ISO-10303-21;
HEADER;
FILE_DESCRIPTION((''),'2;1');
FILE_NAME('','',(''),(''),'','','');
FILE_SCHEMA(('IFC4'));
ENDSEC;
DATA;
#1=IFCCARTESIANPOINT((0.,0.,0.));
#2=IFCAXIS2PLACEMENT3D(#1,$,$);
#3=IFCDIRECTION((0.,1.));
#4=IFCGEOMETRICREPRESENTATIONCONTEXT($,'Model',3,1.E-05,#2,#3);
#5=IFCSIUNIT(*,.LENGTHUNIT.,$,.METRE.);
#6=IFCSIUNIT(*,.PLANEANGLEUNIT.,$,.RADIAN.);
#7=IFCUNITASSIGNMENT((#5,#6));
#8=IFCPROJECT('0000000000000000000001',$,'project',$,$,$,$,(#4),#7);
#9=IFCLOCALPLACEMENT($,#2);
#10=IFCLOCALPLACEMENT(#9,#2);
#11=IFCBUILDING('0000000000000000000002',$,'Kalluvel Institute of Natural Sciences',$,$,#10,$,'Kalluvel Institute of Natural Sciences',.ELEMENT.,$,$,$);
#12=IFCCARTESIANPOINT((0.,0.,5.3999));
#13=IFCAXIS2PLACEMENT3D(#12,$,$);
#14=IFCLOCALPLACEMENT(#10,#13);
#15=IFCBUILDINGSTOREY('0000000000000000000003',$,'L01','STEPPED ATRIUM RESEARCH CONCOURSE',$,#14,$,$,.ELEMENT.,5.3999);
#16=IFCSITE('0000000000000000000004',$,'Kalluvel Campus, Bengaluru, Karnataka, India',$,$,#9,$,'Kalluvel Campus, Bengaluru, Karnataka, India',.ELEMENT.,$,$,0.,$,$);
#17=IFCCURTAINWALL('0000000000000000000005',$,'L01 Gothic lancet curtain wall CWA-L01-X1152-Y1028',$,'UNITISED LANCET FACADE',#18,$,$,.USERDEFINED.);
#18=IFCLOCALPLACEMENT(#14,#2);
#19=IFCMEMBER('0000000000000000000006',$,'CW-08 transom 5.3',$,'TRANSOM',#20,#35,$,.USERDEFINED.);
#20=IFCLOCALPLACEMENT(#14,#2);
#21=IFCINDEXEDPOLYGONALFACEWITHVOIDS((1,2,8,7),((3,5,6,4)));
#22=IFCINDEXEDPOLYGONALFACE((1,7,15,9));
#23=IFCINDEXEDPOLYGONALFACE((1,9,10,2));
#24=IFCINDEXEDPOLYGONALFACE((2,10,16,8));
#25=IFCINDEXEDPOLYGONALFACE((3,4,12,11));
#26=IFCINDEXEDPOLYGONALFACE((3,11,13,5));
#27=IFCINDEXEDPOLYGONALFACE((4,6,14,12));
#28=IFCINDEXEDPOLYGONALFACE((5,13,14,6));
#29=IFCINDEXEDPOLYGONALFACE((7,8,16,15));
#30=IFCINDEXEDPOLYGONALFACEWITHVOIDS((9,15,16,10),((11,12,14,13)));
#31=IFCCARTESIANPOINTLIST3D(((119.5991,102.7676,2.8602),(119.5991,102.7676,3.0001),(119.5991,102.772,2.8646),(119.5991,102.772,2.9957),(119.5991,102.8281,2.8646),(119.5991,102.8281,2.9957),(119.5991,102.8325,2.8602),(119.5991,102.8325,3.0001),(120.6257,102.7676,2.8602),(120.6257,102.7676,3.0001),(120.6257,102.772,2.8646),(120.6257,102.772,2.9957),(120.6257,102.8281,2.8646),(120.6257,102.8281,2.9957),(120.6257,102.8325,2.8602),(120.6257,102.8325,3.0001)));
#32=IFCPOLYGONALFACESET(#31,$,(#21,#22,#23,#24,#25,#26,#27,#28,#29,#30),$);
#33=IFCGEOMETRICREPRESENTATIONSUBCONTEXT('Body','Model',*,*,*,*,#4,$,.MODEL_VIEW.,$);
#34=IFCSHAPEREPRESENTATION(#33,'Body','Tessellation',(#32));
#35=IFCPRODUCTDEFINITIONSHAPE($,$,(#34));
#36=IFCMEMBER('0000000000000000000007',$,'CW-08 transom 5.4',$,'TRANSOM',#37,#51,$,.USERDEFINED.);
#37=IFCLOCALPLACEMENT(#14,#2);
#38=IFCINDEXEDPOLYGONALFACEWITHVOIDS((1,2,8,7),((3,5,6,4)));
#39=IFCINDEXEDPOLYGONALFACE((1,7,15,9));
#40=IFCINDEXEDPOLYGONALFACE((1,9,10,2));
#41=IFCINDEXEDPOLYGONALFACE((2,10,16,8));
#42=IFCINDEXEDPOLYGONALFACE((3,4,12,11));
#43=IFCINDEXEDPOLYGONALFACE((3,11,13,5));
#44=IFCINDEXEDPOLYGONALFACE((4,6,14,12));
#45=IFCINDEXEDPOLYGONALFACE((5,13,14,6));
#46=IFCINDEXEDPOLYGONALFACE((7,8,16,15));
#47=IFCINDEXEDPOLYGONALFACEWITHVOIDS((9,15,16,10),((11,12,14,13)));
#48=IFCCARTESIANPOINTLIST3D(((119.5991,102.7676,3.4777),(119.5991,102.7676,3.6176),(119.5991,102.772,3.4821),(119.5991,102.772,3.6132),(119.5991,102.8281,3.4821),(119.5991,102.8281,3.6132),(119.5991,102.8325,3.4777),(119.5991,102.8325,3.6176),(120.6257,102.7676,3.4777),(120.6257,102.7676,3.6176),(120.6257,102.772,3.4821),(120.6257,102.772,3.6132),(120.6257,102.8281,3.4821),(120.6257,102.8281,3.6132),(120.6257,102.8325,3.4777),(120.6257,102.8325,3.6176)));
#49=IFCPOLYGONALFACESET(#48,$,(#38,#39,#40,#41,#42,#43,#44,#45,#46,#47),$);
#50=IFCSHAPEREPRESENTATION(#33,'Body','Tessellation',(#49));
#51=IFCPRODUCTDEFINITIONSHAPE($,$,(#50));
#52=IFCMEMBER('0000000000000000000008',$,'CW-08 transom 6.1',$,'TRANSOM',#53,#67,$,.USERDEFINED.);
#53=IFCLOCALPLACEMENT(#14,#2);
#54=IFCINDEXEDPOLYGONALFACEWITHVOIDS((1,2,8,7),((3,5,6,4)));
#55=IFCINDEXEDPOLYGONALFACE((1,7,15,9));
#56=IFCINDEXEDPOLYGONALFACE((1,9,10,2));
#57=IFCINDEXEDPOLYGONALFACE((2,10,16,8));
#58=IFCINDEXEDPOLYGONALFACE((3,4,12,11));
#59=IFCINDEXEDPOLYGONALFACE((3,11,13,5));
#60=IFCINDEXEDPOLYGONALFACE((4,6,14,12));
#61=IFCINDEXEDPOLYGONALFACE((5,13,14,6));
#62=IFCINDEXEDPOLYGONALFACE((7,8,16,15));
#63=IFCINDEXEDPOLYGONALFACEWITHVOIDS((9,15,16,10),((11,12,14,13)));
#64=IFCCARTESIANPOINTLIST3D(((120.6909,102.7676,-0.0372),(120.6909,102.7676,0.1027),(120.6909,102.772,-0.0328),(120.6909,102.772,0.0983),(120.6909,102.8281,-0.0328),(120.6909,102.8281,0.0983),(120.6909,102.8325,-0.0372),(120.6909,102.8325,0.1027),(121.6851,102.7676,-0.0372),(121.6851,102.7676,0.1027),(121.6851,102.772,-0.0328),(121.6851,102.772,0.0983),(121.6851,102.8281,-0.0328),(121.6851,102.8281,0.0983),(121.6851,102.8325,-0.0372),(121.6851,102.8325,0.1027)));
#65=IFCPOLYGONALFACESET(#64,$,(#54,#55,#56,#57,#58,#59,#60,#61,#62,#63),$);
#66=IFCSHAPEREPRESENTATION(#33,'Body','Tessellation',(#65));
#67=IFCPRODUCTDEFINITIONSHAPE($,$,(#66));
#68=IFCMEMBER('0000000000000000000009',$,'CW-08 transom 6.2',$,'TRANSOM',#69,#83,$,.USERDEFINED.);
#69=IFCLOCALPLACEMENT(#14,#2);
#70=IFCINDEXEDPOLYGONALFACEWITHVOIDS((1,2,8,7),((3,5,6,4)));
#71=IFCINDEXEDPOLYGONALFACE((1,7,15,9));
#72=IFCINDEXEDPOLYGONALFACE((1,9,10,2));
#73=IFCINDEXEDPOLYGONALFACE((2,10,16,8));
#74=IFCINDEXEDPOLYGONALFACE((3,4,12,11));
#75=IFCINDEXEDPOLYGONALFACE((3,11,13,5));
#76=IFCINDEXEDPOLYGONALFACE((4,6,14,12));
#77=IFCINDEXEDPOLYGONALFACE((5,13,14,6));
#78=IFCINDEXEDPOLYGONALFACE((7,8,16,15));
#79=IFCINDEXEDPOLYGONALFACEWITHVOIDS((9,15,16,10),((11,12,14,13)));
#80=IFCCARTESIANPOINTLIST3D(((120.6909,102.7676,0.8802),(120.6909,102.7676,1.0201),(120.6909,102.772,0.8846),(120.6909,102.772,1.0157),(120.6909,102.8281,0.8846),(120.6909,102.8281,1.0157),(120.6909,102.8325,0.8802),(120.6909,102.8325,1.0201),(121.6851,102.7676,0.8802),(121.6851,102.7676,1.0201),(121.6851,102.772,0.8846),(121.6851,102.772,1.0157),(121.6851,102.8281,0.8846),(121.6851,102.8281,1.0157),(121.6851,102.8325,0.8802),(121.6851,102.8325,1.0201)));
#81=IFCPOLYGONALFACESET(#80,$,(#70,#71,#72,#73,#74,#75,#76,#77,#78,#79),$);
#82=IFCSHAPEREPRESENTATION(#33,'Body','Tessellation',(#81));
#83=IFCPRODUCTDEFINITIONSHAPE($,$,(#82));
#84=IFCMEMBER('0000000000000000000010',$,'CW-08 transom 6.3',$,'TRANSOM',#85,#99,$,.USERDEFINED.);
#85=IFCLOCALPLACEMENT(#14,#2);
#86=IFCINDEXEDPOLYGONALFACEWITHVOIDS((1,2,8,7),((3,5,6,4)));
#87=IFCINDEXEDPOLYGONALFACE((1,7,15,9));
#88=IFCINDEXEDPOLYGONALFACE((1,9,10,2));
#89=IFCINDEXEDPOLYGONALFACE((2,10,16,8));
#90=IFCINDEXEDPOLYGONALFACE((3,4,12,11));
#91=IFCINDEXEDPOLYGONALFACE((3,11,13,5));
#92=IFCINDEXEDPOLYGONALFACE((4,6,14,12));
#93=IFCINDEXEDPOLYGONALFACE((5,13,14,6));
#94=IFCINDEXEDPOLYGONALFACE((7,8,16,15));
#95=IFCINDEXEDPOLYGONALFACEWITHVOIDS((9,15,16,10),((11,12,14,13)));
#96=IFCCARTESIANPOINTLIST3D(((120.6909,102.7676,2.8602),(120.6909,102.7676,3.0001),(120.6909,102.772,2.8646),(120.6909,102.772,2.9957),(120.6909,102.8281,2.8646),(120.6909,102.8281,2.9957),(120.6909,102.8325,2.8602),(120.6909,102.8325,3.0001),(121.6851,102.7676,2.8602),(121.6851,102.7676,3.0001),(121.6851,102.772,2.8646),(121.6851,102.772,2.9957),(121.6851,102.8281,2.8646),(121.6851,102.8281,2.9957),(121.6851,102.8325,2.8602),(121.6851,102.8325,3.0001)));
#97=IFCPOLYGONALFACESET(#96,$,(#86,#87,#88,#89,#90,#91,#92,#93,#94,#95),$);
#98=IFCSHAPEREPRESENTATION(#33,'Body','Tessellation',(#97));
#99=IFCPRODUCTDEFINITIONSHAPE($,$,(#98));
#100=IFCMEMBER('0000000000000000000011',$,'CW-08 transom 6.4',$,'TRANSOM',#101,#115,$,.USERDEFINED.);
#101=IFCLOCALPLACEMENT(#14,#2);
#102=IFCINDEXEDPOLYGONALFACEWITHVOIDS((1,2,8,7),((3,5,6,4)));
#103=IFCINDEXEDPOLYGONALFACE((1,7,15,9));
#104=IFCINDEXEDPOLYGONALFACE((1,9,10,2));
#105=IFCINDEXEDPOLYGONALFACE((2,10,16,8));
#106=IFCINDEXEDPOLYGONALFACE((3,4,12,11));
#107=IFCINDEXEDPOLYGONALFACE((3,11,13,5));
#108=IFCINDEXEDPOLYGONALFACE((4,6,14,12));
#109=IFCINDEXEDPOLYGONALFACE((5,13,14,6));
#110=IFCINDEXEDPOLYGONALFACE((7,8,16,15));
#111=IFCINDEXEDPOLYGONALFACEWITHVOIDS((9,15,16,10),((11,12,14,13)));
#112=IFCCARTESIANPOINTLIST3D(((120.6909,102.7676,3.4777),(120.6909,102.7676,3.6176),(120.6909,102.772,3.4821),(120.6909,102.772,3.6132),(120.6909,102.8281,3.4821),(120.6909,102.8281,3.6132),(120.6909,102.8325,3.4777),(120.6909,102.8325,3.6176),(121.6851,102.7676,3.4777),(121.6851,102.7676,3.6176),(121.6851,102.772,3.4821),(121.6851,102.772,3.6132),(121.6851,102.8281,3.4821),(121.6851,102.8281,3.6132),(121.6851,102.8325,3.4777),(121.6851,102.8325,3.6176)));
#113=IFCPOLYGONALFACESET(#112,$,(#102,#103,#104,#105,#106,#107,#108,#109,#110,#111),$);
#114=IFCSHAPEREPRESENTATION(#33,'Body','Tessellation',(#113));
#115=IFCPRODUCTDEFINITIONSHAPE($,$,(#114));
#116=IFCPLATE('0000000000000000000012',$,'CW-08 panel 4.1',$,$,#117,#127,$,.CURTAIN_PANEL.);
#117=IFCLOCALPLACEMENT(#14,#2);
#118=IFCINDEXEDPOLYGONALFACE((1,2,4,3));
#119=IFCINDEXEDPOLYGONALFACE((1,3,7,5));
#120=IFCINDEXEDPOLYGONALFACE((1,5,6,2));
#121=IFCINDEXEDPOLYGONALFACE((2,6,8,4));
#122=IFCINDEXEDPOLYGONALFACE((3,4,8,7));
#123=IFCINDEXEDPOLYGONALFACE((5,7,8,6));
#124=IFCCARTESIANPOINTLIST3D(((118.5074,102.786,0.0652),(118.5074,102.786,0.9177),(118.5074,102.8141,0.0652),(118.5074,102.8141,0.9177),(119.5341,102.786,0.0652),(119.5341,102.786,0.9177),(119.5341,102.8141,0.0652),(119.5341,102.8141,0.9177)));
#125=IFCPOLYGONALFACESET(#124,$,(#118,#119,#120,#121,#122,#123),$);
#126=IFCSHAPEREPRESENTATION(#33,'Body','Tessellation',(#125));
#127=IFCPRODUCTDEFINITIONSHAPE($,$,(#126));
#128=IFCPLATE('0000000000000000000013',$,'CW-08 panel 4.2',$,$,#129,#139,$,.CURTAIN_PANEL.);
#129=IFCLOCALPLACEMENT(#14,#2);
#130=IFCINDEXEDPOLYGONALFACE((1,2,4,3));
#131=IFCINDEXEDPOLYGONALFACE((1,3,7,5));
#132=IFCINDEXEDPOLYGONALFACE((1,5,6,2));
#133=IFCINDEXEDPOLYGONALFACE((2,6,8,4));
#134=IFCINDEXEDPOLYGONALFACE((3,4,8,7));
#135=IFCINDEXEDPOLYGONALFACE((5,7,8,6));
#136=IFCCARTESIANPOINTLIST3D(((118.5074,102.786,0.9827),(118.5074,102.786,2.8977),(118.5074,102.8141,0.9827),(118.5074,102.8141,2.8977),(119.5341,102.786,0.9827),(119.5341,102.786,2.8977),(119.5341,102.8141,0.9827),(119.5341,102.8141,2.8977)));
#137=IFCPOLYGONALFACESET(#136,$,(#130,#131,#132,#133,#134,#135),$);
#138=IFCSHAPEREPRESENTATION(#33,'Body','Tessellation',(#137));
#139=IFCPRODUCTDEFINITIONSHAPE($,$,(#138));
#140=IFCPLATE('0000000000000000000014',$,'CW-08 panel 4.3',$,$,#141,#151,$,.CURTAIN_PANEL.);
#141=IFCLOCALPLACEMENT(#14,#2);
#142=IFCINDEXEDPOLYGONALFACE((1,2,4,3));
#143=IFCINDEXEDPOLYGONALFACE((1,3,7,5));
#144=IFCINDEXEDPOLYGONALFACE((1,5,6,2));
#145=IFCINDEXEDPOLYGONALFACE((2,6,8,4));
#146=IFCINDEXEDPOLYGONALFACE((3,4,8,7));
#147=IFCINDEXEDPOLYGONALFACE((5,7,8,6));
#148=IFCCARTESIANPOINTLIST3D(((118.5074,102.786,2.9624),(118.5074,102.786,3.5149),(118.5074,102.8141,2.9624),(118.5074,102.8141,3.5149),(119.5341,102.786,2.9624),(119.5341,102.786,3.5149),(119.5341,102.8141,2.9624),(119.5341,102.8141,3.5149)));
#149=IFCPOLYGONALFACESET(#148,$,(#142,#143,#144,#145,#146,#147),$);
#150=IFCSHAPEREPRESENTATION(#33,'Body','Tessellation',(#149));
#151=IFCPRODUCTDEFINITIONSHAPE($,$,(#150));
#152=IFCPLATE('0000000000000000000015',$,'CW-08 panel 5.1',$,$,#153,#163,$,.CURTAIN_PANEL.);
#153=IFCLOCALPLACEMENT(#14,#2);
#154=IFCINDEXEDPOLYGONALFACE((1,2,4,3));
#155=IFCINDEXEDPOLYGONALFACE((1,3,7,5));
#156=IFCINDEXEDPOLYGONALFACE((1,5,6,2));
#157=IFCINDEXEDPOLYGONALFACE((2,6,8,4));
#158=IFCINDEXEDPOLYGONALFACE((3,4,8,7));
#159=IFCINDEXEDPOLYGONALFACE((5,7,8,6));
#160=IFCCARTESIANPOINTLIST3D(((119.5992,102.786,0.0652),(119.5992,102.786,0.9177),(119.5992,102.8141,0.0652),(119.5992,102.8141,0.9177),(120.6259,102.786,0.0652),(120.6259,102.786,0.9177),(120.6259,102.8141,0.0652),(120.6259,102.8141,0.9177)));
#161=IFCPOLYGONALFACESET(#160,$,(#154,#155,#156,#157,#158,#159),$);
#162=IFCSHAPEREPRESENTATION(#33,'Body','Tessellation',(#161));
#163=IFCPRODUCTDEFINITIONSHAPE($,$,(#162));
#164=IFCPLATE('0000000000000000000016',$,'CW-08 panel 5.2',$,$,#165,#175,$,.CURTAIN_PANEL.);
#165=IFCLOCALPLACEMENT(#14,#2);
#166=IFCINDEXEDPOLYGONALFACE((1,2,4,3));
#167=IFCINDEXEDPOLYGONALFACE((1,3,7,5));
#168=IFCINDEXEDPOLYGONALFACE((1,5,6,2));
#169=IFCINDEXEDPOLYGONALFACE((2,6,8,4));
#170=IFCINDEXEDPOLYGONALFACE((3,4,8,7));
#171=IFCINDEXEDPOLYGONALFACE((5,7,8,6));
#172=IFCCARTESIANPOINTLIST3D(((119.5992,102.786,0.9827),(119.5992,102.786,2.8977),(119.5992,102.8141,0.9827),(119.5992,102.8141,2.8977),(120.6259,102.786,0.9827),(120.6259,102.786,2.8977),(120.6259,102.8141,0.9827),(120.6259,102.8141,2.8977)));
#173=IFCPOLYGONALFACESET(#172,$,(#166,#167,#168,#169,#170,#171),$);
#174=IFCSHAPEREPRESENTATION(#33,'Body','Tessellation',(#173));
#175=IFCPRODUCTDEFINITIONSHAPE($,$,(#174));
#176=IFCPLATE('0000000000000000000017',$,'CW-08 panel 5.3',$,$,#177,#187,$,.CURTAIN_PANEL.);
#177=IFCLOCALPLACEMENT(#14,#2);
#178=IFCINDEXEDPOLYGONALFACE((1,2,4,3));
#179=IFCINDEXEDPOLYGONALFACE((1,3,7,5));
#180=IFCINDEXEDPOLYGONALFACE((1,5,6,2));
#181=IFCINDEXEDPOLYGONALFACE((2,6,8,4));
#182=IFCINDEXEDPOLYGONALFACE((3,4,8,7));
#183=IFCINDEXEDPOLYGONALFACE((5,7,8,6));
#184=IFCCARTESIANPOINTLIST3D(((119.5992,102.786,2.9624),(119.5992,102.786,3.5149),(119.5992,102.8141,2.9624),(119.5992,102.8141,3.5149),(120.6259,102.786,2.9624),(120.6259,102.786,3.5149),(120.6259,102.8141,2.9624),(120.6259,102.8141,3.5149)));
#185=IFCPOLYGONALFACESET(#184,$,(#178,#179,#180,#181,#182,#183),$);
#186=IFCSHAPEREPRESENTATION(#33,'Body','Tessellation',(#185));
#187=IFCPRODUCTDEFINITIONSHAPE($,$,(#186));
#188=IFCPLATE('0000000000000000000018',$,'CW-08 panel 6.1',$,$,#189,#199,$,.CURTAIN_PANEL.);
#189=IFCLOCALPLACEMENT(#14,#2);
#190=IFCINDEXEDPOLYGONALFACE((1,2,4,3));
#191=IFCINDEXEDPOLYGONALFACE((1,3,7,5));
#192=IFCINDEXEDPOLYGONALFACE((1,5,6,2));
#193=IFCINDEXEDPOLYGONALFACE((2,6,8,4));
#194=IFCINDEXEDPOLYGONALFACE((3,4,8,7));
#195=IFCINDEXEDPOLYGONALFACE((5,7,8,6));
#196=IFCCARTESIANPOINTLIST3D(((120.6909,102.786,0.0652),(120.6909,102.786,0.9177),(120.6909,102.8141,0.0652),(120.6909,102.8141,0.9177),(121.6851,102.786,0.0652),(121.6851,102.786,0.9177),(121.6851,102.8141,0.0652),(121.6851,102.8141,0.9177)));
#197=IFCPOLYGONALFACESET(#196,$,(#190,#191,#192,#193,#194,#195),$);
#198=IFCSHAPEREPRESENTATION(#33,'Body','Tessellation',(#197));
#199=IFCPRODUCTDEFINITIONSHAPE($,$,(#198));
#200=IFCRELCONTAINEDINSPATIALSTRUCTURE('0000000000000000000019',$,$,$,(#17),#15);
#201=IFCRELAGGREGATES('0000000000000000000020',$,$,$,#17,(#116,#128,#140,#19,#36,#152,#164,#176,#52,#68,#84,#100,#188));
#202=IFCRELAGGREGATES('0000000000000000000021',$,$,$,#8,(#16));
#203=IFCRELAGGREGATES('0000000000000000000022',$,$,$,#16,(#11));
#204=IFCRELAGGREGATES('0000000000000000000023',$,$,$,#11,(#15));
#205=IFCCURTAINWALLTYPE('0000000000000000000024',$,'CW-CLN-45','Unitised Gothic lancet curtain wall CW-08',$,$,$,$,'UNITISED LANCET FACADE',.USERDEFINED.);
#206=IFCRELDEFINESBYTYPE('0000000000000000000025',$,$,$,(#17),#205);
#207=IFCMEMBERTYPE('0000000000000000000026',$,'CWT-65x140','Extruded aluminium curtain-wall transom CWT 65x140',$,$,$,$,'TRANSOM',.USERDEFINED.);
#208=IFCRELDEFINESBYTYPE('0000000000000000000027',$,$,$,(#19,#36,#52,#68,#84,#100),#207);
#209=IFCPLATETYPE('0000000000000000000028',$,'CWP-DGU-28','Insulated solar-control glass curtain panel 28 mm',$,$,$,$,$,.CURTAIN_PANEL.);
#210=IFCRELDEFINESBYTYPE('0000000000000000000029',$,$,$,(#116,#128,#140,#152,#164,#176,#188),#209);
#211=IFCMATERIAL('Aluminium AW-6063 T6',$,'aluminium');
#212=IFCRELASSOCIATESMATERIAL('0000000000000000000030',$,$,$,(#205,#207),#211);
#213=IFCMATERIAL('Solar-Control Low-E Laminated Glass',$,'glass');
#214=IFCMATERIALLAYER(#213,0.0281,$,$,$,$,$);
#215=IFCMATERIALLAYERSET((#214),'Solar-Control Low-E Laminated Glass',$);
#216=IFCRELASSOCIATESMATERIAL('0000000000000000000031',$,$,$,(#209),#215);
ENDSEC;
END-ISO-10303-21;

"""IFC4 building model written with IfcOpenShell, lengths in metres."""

from ifc_helpers import new_model, si_unit, direction, frame, origin, origin_2d, place, context, subcontext, project, spatial, rectangle, hollow_rectangle, extrude, material, layer, layer_set, material_profile, profile_set, type_object, element, aggregate, save


model = new_model("IFC4")

# Units and contexts
model_context = context("Model", 3, precision=1e-05, world=origin(), true_north=direction((0.0, 1.0)))
body_context = subcontext(model_context, "Body", "Model", "MODEL_VIEW")
ifc_project = project(units=[si_unit("LENGTHUNIT", "METRE"), si_unit("PLANEANGLEUNIT", "RADIAN")], contexts=[model_context])

# Site, building, storey
site_placement = place(None, origin())
site = spatial("IfcSite", under=ifc_project, at=site_placement, Name="Kalluvel Campus, Bengaluru, Karnataka, India", LongName="Kalluvel Campus, Bengaluru, Karnataka, India", CompositionType="ELEMENT", RefElevation=0.0)
building_placement = place(site_placement, origin())
building = spatial("IfcBuilding", under=site, at=building_placement, Name="Kalluvel Institute of Natural Sciences", LongName="Kalluvel Institute of Natural Sciences", CompositionType="ELEMENT")
storey_placement = place(building_placement, frame((0.0, 0.0, 5.3999)))
storey = spatial("IfcBuildingStorey", under=building, at=storey_placement, Name="L01", Description="STEPPED ATRIUM RESEARCH CONCOURSE", CompositionType="ELEMENT", Elevation=5.3999)

# Curtain wall, members, plates
ifc_material_1 = material(Name="Aluminium AW-6063 T6", Category="aluminium")
curtain_wall_type = type_object("IfcCurtainWallType", Name="CW-CLN-45", Description="Unitised Gothic lancet curtain wall CW-08", ElementType="UNITISED LANCET FACADE", PredefinedType="USERDEFINED", material=ifc_material_1)
curtain_wall_placement = place(storey_placement, origin())
curtain_wall = element("IfcCurtainWall", 1, at=curtain_wall_placement, inside=storey, type_object=curtain_wall_type, Name="L01 Gothic lancet curtain wall CWA-L01-X1152-Y1028", ObjectType="UNITISED LANCET FACADE", PredefinedType="USERDEFINED")
ifc_material_profile_1 = material_profile(ifc_material_1, hollow_rectangle(XDim=0.0649, YDim=0.1399, WallThickness=0.0044, at=origin_2d()), Name="CWT 65x140")
ifc_profile_set_1 = profile_set([ifc_material_profile_1], Name="Aluminium AW-6063 T6")
member_type_1 = type_object("IfcMemberType", Name="CWT-65x140", Description="Extruded aluminium curtain-wall transom CWT 65x140", ElementType="TRANSOM", PredefinedType="USERDEFINED", material=ifc_profile_set_1)
member_1_placement = place(storey_placement, frame((119.5991, 102.8, 2.9302), z_axis=(1.0, 0.0, 0.0), x_axis=(0.0, 1.0, 0.0)))
member_1 = element("IfcMember", 2, at=member_1_placement, type_object=member_type_1, Name="CW-08 transom 5.3", ObjectType="TRANSOM", PredefinedType="USERDEFINED", context=body_context, shape_type="SweptSolid", body=[
    extrude(hollow_rectangle(XDim=0.0649, YDim=0.1399, WallThickness=0.0044, at=origin_2d()), origin(), (0.0, 0.0, 1.0), 1.0266),
])
member_2_placement = place(storey_placement, frame((119.5991, 102.8, 3.5476), z_axis=(1.0, 0.0, 0.0), x_axis=(0.0, 1.0, 0.0)))
member_2 = element("IfcMember", 3, at=member_2_placement, type_object=member_type_1, Name="CW-08 transom 5.4", ObjectType="TRANSOM", PredefinedType="USERDEFINED", context=body_context, shape_type="SweptSolid", body=[
    extrude(hollow_rectangle(XDim=0.0649, YDim=0.1399, WallThickness=0.0044, at=origin_2d()), origin(), (0.0, 0.0, 1.0), 1.0266),
])
member_3_placement = place(storey_placement, frame((120.6909, 102.8, 0.0327), z_axis=(1.0, 0.0, 0.0), x_axis=(0.0, 1.0, 0.0)))
member_3 = element("IfcMember", 4, at=member_3_placement, type_object=member_type_1, Name="CW-08 transom 6.1", ObjectType="TRANSOM", PredefinedType="USERDEFINED", context=body_context, shape_type="SweptSolid", body=[
    extrude(hollow_rectangle(XDim=0.0649, YDim=0.1399, WallThickness=0.0044, at=origin_2d()), origin(), (0.0, 0.0, 1.0), 0.9941),
])
member_4_placement = place(storey_placement, frame((120.6909, 102.8, 0.9502), z_axis=(1.0, 0.0, 0.0), x_axis=(0.0, 1.0, 0.0)))
member_4 = element("IfcMember", 5, at=member_4_placement, type_object=member_type_1, Name="CW-08 transom 6.2", ObjectType="TRANSOM", PredefinedType="USERDEFINED", context=body_context, shape_type="SweptSolid", body=[
    extrude(hollow_rectangle(XDim=0.0649, YDim=0.1399, WallThickness=0.0044, at=origin_2d()), origin(), (0.0, 0.0, 1.0), 0.9941),
])
member_5_placement = place(storey_placement, frame((120.6909, 102.8, 2.9302), z_axis=(1.0, 0.0, 0.0), x_axis=(0.0, 1.0, 0.0)))
member_5 = element("IfcMember", 6, at=member_5_placement, type_object=member_type_1, Name="CW-08 transom 6.3", ObjectType="TRANSOM", PredefinedType="USERDEFINED", context=body_context, shape_type="SweptSolid", body=[
    extrude(hollow_rectangle(XDim=0.0649, YDim=0.1399, WallThickness=0.0044, at=origin_2d()), origin(), (0.0, 0.0, 1.0), 0.9941),
])
member_6_placement = place(storey_placement, frame((120.6909, 102.8, 3.5476), z_axis=(1.0, 0.0, 0.0), x_axis=(0.0, 1.0, 0.0)))
member_6 = element("IfcMember", 7, at=member_6_placement, type_object=member_type_1, Name="CW-08 transom 6.4", ObjectType="TRANSOM", PredefinedType="USERDEFINED", context=body_context, shape_type="SweptSolid", body=[
    extrude(hollow_rectangle(XDim=0.0649, YDim=0.1399, WallThickness=0.0044, at=origin_2d()), origin(), (0.0, 0.0, 1.0), 0.9941),
])
ifc_material_2 = material(Name="Solar-Control Low-E Laminated Glass", Category="glass")
ifc_layer = layer(ifc_material_2, 0.0281)
ifc_layer_set = layer_set([ifc_layer], Name="Solar-Control Low-E Laminated Glass")
plate_type = type_object("IfcPlateType", Name="CWP-DGU-28", Description="Insulated solar-control glass curtain panel 28 mm", PredefinedType="CURTAIN_PANEL", material=ifc_layer_set)
plate_1_placement = place(storey_placement, frame((119.0208, 102.8, 0.0652), z_axis=(0.0, 0.0, 1.0), x_axis=(1.0, 0.0, 0.0)))
plate_1 = element("IfcPlate", 8, at=plate_1_placement, type_object=plate_type, Name="CW-08 panel 4.1", PredefinedType="CURTAIN_PANEL", context=body_context, shape_type="SweptSolid", body=[
    extrude(rectangle(XDim=1.0266, YDim=0.0281, at=origin_2d()), origin(), (0.0, 0.0, 1.0), 0.8525),
])
plate_2_placement = place(storey_placement, frame((119.0208, 102.8, 0.9827), z_axis=(0.0, 0.0, 1.0), x_axis=(1.0, 0.0, 0.0)))
plate_2 = element("IfcPlate", 9, at=plate_2_placement, type_object=plate_type, Name="CW-08 panel 4.2", PredefinedType="CURTAIN_PANEL", context=body_context, shape_type="SweptSolid", body=[
    extrude(rectangle(XDim=1.0266, YDim=0.0281, at=origin_2d()), origin(), (0.0, 0.0, 1.0), 1.915),
])
plate_3_placement = place(storey_placement, frame((119.0208, 102.8, 2.9624), z_axis=(0.0, 0.0, 1.0), x_axis=(1.0, 0.0, 0.0)))
plate_3 = element("IfcPlate", 10, at=plate_3_placement, type_object=plate_type, Name="CW-08 panel 4.3", PredefinedType="CURTAIN_PANEL", context=body_context, shape_type="SweptSolid", body=[
    extrude(rectangle(XDim=1.0266, YDim=0.0281, at=origin_2d()), origin(), (0.0, 0.0, 1.0), 0.5525),
])
plate_4_placement = place(storey_placement, frame((120.1125, 102.8, 0.0652), z_axis=(0.0, 0.0, 1.0), x_axis=(1.0, 0.0, 0.0)))
plate_4 = element("IfcPlate", 11, at=plate_4_placement, type_object=plate_type, Name="CW-08 panel 5.1", PredefinedType="CURTAIN_PANEL", context=body_context, shape_type="SweptSolid", body=[
    extrude(rectangle(XDim=1.0266, YDim=0.0281, at=origin_2d()), origin(), (0.0, 0.0, 1.0), 0.8525),
])
plate_5_placement = place(storey_placement, frame((120.1125, 102.8, 0.9827), z_axis=(0.0, 0.0, 1.0), x_axis=(1.0, 0.0, 0.0)))
plate_5 = element("IfcPlate", 12, at=plate_5_placement, type_object=plate_type, Name="CW-08 panel 5.2", PredefinedType="CURTAIN_PANEL", context=body_context, shape_type="SweptSolid", body=[
    extrude(rectangle(XDim=1.0266, YDim=0.0281, at=origin_2d()), origin(), (0.0, 0.0, 1.0), 1.915),
])
plate_6_placement = place(storey_placement, frame((120.1125, 102.8, 2.9624), z_axis=(0.0, 0.0, 1.0), x_axis=(1.0, 0.0, 0.0)))
plate_6 = element("IfcPlate", 13, at=plate_6_placement, type_object=plate_type, Name="CW-08 panel 5.3", PredefinedType="CURTAIN_PANEL", context=body_context, shape_type="SweptSolid", body=[
    extrude(rectangle(XDim=1.0266, YDim=0.0281, at=origin_2d()), origin(), (0.0, 0.0, 1.0), 0.5525),
])
plate_7_placement = place(storey_placement, frame((121.188, 102.8, 0.0652), z_axis=(0.0, 0.0, 1.0), x_axis=(1.0, 0.0, 0.0)))
plate_7 = element("IfcPlate", 14, at=plate_7_placement, type_object=plate_type, Name="CW-08 panel 6.1", PredefinedType="CURTAIN_PANEL", context=body_context, shape_type="SweptSolid", body=[
    extrude(rectangle(XDim=0.9941, YDim=0.0281, at=origin_2d()), origin(), (0.0, 0.0, 1.0), 0.8525),
])
aggregate(curtain_wall, [plate_1, plate_2, plate_3, member_1, member_2, plate_4, plate_5, plate_6, member_3, member_4, member_5, member_6, plate_7])

save(model, "model.ifc")
